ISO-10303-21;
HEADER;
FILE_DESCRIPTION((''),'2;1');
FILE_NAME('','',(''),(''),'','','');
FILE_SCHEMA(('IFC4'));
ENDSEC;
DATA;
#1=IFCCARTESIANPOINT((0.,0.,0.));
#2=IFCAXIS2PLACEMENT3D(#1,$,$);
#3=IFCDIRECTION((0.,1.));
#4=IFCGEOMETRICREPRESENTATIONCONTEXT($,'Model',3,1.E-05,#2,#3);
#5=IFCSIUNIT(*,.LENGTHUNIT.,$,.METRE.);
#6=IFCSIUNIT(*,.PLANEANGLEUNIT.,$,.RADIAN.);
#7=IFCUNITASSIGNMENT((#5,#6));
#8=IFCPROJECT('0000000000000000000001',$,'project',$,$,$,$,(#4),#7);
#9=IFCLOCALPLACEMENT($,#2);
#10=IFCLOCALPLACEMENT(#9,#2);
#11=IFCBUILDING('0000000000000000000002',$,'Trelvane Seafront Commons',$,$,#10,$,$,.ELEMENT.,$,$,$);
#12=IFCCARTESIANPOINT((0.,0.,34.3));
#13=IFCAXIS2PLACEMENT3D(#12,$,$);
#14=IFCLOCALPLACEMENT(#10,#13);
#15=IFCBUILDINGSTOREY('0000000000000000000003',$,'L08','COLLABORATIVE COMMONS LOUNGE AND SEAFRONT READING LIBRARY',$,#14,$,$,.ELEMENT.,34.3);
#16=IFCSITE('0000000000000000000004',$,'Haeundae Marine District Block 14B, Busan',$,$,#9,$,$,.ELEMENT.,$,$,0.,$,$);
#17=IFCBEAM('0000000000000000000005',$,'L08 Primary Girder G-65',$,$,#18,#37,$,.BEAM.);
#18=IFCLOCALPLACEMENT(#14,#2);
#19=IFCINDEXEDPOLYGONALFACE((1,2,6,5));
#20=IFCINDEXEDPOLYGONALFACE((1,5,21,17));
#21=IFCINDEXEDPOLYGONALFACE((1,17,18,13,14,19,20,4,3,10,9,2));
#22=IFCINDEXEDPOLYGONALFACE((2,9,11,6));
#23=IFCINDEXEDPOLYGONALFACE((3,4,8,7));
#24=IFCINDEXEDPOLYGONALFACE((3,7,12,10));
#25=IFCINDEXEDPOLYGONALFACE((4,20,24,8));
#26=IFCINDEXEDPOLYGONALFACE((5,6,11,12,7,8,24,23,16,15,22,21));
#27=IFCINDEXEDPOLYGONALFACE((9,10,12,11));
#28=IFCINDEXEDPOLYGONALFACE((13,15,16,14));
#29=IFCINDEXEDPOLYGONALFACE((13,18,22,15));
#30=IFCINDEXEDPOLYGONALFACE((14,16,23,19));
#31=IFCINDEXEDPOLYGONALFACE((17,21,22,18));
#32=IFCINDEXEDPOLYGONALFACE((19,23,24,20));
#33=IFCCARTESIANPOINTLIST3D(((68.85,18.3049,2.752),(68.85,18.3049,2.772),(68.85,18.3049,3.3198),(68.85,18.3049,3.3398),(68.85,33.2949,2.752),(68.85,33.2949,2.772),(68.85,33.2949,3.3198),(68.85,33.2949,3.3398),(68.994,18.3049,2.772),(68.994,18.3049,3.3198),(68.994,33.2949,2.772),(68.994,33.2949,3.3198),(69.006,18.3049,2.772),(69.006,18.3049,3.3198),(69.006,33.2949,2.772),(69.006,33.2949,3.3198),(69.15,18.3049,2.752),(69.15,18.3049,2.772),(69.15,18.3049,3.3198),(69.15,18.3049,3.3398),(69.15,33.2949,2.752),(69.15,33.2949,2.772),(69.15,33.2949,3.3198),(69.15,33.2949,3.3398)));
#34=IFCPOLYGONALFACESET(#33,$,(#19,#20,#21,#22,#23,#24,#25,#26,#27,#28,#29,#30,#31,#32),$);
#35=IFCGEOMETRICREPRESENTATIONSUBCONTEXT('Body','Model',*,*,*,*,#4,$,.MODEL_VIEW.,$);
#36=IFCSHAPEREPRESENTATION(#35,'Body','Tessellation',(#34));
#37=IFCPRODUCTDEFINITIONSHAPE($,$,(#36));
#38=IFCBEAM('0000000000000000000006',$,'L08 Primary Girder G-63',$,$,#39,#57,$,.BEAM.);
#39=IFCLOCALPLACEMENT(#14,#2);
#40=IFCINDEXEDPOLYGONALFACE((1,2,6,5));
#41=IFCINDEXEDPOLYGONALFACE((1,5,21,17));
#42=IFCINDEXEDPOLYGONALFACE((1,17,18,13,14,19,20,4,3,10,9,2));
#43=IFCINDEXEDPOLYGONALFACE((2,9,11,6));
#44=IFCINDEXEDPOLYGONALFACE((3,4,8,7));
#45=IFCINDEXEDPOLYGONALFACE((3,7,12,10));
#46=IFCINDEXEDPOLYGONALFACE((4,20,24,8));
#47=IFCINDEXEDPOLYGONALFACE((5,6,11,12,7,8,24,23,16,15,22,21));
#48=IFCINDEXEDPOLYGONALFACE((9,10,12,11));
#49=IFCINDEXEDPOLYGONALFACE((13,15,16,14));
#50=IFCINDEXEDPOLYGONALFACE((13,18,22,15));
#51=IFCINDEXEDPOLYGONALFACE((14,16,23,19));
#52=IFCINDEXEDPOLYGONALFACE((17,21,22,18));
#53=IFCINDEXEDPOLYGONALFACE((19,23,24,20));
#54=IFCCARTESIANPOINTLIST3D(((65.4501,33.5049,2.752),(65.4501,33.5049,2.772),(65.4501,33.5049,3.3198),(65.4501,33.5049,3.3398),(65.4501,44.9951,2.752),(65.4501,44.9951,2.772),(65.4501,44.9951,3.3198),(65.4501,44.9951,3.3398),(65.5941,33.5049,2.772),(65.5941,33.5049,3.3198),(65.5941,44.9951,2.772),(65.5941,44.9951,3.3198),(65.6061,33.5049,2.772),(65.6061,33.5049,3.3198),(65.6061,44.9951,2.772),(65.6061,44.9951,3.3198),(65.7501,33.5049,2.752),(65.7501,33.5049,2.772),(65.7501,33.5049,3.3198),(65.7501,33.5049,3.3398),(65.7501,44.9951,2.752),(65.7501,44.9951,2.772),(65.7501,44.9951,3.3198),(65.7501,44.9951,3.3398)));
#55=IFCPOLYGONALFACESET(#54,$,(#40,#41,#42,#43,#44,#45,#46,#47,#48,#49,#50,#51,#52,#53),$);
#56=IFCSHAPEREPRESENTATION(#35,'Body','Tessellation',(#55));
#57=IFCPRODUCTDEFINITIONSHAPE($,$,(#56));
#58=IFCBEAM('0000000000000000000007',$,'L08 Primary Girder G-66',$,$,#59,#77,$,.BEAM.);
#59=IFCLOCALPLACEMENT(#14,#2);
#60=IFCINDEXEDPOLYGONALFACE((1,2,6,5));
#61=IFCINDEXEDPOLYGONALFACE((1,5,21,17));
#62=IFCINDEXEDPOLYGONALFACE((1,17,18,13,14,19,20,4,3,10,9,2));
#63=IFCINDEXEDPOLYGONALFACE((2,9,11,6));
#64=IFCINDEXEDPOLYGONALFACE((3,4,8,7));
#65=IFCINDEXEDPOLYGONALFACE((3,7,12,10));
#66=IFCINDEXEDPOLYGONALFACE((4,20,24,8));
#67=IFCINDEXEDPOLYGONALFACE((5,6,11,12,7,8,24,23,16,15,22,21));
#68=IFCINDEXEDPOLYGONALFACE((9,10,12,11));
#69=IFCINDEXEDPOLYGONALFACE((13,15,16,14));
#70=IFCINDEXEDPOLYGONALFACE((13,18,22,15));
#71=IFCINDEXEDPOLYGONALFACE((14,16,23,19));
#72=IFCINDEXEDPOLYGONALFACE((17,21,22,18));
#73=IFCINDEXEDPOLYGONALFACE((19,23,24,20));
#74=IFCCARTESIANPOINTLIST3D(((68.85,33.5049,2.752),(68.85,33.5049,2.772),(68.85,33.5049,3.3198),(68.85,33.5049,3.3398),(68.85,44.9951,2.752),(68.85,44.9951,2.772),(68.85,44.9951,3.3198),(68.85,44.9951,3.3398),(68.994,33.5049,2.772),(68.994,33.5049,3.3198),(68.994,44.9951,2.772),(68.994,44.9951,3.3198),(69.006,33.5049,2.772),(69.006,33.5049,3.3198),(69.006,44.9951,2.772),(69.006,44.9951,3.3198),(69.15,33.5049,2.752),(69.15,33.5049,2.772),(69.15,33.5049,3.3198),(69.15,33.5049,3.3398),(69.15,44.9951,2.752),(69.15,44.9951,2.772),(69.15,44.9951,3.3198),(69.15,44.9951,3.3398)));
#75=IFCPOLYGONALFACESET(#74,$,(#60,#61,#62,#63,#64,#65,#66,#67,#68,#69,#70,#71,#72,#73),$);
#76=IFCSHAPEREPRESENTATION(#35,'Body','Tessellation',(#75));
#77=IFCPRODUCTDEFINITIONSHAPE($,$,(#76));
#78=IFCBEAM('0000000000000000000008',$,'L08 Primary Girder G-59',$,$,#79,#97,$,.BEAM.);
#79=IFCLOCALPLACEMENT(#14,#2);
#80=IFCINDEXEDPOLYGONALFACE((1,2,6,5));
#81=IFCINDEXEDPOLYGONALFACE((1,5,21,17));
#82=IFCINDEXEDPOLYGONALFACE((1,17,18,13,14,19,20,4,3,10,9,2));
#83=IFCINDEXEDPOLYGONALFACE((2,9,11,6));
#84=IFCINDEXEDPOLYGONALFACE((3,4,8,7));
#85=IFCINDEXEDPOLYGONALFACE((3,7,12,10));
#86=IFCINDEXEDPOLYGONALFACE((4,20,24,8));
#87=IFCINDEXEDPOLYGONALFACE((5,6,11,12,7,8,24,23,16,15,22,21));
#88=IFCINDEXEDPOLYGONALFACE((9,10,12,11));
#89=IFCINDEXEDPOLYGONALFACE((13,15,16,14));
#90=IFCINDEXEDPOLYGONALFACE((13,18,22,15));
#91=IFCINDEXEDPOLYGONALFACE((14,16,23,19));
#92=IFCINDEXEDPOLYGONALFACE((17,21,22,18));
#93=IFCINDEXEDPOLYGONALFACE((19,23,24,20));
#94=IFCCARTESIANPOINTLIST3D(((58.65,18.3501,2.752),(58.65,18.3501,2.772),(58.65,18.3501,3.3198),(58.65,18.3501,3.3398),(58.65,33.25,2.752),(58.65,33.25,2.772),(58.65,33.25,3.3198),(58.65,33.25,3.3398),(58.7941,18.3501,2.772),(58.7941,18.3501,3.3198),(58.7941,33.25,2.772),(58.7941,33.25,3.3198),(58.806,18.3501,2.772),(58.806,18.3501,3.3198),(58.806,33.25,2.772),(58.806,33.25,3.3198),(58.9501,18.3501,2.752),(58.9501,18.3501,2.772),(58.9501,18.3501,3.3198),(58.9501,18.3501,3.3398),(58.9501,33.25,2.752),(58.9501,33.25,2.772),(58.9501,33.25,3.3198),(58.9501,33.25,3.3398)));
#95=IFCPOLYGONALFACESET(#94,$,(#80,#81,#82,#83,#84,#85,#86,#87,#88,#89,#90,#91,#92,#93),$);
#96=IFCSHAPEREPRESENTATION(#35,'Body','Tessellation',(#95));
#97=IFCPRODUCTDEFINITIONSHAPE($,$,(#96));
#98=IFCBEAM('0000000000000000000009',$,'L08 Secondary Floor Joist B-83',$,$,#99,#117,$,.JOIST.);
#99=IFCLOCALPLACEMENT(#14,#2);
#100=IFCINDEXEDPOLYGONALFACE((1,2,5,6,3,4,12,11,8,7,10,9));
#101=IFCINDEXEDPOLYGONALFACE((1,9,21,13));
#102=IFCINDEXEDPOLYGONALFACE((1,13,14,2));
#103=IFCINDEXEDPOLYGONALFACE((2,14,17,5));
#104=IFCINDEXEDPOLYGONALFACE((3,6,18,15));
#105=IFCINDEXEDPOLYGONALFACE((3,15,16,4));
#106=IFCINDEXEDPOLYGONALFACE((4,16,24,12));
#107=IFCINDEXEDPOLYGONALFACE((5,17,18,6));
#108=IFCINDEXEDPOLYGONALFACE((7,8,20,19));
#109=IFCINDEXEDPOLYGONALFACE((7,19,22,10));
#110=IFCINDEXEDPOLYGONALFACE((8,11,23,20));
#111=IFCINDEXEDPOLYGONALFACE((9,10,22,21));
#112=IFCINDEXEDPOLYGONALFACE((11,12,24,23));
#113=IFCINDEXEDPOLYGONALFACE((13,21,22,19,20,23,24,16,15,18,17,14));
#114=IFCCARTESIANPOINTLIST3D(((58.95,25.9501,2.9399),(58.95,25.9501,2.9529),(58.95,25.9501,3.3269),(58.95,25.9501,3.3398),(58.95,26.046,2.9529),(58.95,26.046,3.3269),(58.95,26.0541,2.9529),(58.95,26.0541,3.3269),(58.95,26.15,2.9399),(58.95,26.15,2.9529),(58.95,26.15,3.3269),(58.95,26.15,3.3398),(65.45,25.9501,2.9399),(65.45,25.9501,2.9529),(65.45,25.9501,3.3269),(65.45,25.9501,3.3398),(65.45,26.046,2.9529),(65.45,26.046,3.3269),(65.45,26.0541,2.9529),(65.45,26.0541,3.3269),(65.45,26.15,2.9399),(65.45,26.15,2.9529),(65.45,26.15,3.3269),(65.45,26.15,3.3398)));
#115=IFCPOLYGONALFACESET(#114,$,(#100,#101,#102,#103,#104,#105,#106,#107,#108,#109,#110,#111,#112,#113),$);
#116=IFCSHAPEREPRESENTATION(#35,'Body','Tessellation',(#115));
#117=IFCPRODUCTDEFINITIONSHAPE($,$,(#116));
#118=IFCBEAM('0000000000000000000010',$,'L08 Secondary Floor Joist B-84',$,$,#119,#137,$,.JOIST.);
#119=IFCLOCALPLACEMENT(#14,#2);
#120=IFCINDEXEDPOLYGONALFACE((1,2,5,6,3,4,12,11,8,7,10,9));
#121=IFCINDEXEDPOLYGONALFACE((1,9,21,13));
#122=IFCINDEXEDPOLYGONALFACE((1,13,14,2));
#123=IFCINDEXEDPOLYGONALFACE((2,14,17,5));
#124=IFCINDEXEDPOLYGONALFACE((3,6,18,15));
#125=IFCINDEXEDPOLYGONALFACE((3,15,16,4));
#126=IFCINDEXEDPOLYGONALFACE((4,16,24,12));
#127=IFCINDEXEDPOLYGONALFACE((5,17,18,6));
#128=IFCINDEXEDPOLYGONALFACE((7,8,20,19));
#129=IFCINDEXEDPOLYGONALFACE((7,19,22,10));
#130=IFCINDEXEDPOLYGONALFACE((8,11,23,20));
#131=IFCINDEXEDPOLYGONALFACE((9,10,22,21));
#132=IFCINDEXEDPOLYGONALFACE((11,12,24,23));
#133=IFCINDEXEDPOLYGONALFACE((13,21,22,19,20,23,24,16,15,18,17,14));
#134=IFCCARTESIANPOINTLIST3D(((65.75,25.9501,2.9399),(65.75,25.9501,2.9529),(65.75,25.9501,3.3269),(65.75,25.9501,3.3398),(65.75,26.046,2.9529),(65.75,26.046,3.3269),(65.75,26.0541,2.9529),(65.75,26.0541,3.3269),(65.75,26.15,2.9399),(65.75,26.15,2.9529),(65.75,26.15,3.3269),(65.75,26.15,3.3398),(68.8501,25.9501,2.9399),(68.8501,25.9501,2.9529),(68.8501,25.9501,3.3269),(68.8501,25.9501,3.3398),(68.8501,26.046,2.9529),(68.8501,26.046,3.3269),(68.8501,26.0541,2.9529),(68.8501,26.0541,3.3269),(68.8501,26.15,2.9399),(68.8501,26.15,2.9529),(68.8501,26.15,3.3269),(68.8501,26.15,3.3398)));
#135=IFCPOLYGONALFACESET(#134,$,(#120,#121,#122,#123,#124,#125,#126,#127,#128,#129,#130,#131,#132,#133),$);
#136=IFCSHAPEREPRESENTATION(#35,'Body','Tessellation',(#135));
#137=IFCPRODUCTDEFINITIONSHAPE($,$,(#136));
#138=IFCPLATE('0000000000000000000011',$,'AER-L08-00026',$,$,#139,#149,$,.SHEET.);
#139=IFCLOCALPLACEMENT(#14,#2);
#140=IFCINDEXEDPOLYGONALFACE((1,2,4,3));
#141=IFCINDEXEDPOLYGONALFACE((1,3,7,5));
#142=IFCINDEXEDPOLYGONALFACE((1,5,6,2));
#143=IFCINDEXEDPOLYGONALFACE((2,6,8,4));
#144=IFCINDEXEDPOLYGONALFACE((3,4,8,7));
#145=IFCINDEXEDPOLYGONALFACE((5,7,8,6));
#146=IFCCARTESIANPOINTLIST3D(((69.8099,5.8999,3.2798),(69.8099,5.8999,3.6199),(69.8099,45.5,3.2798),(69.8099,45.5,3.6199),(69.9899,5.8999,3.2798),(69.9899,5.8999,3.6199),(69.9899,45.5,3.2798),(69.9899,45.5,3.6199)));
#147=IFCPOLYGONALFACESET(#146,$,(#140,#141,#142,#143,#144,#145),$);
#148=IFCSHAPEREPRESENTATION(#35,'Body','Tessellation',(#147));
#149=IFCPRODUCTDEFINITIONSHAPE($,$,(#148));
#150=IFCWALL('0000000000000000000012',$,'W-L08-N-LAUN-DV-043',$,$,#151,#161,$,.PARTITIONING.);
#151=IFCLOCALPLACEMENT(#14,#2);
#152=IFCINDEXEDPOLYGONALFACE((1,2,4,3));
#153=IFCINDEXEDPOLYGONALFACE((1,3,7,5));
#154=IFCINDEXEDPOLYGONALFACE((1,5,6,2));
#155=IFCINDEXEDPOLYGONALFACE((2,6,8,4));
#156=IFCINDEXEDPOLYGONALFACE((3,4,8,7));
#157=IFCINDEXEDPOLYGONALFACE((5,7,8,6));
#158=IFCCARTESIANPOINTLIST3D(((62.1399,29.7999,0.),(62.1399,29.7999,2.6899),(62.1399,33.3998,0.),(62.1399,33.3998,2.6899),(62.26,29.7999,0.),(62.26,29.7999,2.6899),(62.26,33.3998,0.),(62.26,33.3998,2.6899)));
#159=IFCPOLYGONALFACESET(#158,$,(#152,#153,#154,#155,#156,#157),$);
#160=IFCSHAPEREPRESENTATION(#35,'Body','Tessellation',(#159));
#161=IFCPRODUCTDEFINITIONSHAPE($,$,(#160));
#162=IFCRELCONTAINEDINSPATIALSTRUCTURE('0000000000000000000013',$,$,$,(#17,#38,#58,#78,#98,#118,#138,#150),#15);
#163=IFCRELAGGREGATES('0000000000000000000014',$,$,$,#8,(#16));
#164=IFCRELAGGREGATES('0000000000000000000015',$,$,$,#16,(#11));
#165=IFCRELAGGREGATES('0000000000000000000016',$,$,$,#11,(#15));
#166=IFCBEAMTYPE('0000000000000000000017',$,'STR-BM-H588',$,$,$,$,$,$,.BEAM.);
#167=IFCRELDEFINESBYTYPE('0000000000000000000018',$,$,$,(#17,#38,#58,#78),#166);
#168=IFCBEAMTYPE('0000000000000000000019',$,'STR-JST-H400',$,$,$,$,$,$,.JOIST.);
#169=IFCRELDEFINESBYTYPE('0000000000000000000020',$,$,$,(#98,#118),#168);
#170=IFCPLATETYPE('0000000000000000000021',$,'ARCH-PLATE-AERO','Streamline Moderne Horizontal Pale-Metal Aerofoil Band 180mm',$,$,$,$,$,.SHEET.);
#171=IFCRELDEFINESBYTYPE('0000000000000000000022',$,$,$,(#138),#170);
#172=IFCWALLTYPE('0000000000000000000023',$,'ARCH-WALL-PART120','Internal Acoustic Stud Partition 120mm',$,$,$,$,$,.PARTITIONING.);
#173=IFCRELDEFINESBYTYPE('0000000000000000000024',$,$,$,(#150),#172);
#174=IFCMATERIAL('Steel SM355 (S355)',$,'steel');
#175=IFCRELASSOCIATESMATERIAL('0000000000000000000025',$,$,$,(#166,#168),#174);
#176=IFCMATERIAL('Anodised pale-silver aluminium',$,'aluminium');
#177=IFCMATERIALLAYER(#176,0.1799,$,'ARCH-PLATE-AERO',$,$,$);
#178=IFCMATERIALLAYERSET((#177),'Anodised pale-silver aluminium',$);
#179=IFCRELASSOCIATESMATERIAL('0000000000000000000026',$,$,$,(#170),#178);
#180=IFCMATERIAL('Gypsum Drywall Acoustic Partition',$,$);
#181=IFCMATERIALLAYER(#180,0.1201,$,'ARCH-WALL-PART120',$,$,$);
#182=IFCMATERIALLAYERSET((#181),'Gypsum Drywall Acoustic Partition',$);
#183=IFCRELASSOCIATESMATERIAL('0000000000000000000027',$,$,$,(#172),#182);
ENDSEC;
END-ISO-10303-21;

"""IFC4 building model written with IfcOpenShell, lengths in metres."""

from ifc_helpers import new_model, si_unit, direction, frame, frame_2d, origin, origin_2d, place, context, subcontext, project, spatial, rectangle, i_section, extrude, source, transform, mapped, material, layer, layer_set, material_profile, profile_set, type_object, element, save


model = new_model("IFC4")

# Units and contexts
model_context = context("Model", 3, precision=1e-05, world=origin(), true_north=direction((0.0, 1.0)))
body_context = subcontext(model_context, "Body", "Model", "MODEL_VIEW")
ifc_project = project(units=[si_unit("LENGTHUNIT", "METRE"), si_unit("PLANEANGLEUNIT", "RADIAN")], contexts=[model_context])

# Site, building, storey
site_placement = place(None, origin())
site = spatial("IfcSite", under=ifc_project, at=site_placement, Name="Haeundae Marine District Block 14B, Busan", CompositionType="ELEMENT", RefElevation=0.0)
building_placement = place(site_placement, origin())
building = spatial("IfcBuilding", under=site, at=building_placement, Name="Trelvane Seafront Commons", CompositionType="ELEMENT")
storey_placement = place(building_placement, frame((0.0, 0.0, 34.3)))
storey = spatial("IfcBuildingStorey", under=building, at=storey_placement, Name="L08", Description="COLLABORATIVE COMMONS LOUNGE AND SEAFRONT READING LIBRARY", CompositionType="ELEMENT", Elevation=34.3)

# Shared definitions
ifc_material_1 = material(Name="Steel SM355 (S355)", Category="steel")

# Beams
ifc_material_profile_1 = material_profile(ifc_material_1, i_section(OverallWidth=0.3, OverallDepth=0.5879, WebThickness=0.012, FlangeThickness=0.02, at=origin_2d()), Name="H-588x300x12x20")
ifc_profile_set_1 = profile_set([ifc_material_profile_1], Name="Steel SM355 (S355)")
beam_type_1 = type_object("IfcBeamType", Name="STR-BM-H588", PredefinedType="BEAM", material=ifc_profile_set_1)
shared_shape_1 = source(origin(), body_context, "Body", "SweptSolid", [
    extrude(i_section(OverallWidth=0.3, OverallDepth=0.5879, WebThickness=0.012, FlangeThickness=0.02, at=origin_2d()), origin(), (0.0, 0.0, 1.0), 14.99),
])
for number, where, z_axis, x_axis, name in (
    (1, (69.0, 18.3049, 3.0459), (0.0, 1.0, 0.0), (-1.0, 0.0, 0.0), "L08 Primary Girder G-65"),
):
    element("IfcBeam", number, at=place(storey_placement, frame(where, z_axis=z_axis, x_axis=x_axis)), inside=storey, type_object=beam_type_1, Name=name, PredefinedType="BEAM", context=body_context, shape_type="MappedRepresentation", body=[
        mapped(shared_shape_1, transform((0.0, 0.0, 0.0), x_axis=(1.0, 0.0, 0.0), y_axis=(0.0, 1.0, 0.0), z_axis=(0.0, 0.0, 1.0), scale=1.0)),
    ])
shared_shape_2 = source(origin(), body_context, "Body", "SweptSolid", [
    extrude(i_section(OverallWidth=0.3, OverallDepth=0.5879, WebThickness=0.012, FlangeThickness=0.02, at=origin_2d()), origin(), (0.0, 0.0, 1.0), 11.4902),
])
for number, where, z_axis, x_axis, name in (
    (2, (65.6001, 33.5049, 3.0459), (0.0, 1.0, 0.0), (-1.0, 0.0, 0.0), "L08 Primary Girder G-63"),
    (3, (69.0, 33.5049, 3.0459), (0.0, 1.0, 0.0), (-1.0, 0.0, 0.0), "L08 Primary Girder G-66"),
):
    element("IfcBeam", number, at=place(storey_placement, frame(where, z_axis=z_axis, x_axis=x_axis)), inside=storey, type_object=beam_type_1, Name=name, PredefinedType="BEAM", context=body_context, shape_type="MappedRepresentation", body=[
        mapped(shared_shape_2, transform((0.0, 0.0, 0.0), x_axis=(1.0, 0.0, 0.0), y_axis=(0.0, 1.0, 0.0), z_axis=(0.0, 0.0, 1.0), scale=1.0)),
    ])
shared_shape_3 = source(origin(), body_context, "Body", "SweptSolid", [
    extrude(i_section(OverallWidth=0.3, OverallDepth=0.5879, WebThickness=0.012, FlangeThickness=0.02, at=origin_2d()), origin(), (0.0, 0.0, 1.0), 14.8999),
])
beam_1_placement = place(storey_placement, frame((58.8, 18.3501, 3.0459), z_axis=(0.0, 1.0, 0.0), x_axis=(-1.0, 0.0, 0.0)))
element("IfcBeam", 4, at=beam_1_placement, inside=storey, type_object=beam_type_1, Name="L08 Primary Girder G-59", PredefinedType="BEAM", context=body_context, shape_type="MappedRepresentation", body=[
    mapped(shared_shape_3, transform((0.0, 0.0, 0.0), x_axis=(1.0, 0.0, 0.0), y_axis=(0.0, 1.0, 0.0), z_axis=(0.0, 0.0, 1.0), scale=1.0)),
])
ifc_material_profile_2 = material_profile(ifc_material_1, i_section(OverallWidth=0.2, OverallDepth=0.3999, WebThickness=0.0081, FlangeThickness=0.0129, at=origin_2d()), Name="H-400x200x8x13")
ifc_profile_set_2 = profile_set([ifc_material_profile_2], Name="Steel SM355 (S355)")
beam_type_2 = type_object("IfcBeamType", Name="STR-JST-H400", PredefinedType="JOIST", material=ifc_profile_set_2)
shared_shape_4 = source(origin(), body_context, "Body", "SweptSolid", [
    extrude(i_section(OverallWidth=0.2, OverallDepth=0.3999, WebThickness=0.0081, FlangeThickness=0.0129, at=origin_2d()), origin(), (0.0, 0.0, 1.0), 6.5),
])
beam_2_placement = place(storey_placement, frame((58.95, 26.05, 3.1399), z_axis=(1.0, 0.0, 0.0), x_axis=(0.0, 1.0, 0.0)))
element("IfcBeam", 5, at=beam_2_placement, inside=storey, type_object=beam_type_2, Name="L08 Secondary Floor Joist B-83", PredefinedType="JOIST", context=body_context, shape_type="MappedRepresentation", body=[
    mapped(shared_shape_4, transform((0.0, 0.0, 0.0), x_axis=(1.0, 0.0, 0.0), y_axis=(0.0, 1.0, 0.0), z_axis=(0.0, 0.0, 1.0), scale=1.0)),
])
shared_shape_5 = source(origin(), body_context, "Body", "SweptSolid", [
    extrude(i_section(OverallWidth=0.2, OverallDepth=0.3999, WebThickness=0.0081, FlangeThickness=0.0129, at=origin_2d()), origin(), (0.0, 0.0, 1.0), 3.1001),
])
beam_3_placement = place(storey_placement, frame((65.75, 26.05, 3.1399), z_axis=(1.0, 0.0, 0.0), x_axis=(0.0, 1.0, 0.0)))
element("IfcBeam", 6, at=beam_3_placement, inside=storey, type_object=beam_type_2, Name="L08 Secondary Floor Joist B-84", PredefinedType="JOIST", context=body_context, shape_type="MappedRepresentation", body=[
    mapped(shared_shape_5, transform((0.0, 0.0, 0.0), x_axis=(1.0, 0.0, 0.0), y_axis=(0.0, 1.0, 0.0), z_axis=(0.0, 0.0, 1.0), scale=1.0)),
])

# Plate
ifc_material_2 = material(Name="Anodised pale-silver aluminium", Category="aluminium")
ifc_layer_1 = layer(ifc_material_2, 0.1799, Name="ARCH-PLATE-AERO")
ifc_layer_set_1 = layer_set([ifc_layer_1], Name="Anodised pale-silver aluminium")
plate_type = type_object("IfcPlateType", Name="ARCH-PLATE-AERO", Description="Streamline Moderne Horizontal Pale-Metal Aerofoil Band 180mm", PredefinedType="SHEET", material=ifc_layer_set_1)
shared_shape_6 = source(origin(), body_context, "Body", "SweptSolid", [
    extrude(rectangle(XDim=39.6001, YDim=0.1799, at=origin_2d()), origin(), (0.0, 0.0, 1.0), 0.3401),
])
plate_placement = place(storey_placement, frame((69.8999, 25.7, 3.2798), z_axis=(0.0, 0.0, 1.0), x_axis=(0.0, -1.0, 0.0)))
element("IfcPlate", 7, at=plate_placement, inside=storey, type_object=plate_type, Name="AER-L08-00026", PredefinedType="SHEET", context=body_context, shape_type="MappedRepresentation", body=[
    mapped(shared_shape_6, transform((0.0, 0.0, 0.0), x_axis=(1.0, 0.0, 0.0), y_axis=(0.0, 1.0, 0.0), z_axis=(0.0, 0.0, 1.0), scale=1.0)),
])

# Wall
ifc_material_3 = material(Name="Gypsum Drywall Acoustic Partition")
ifc_layer_2 = layer(ifc_material_3, 0.1201, Name="ARCH-WALL-PART120")
ifc_layer_set_2 = layer_set([ifc_layer_2], Name="Gypsum Drywall Acoustic Partition")
wall_type_1 = type_object("IfcWallType", Name="ARCH-WALL-PART120", Description="Internal Acoustic Stud Partition 120mm", PredefinedType="PARTITIONING", material=ifc_layer_set_2)
wall_1_placement = place(storey_placement, frame((62.2, 29.8, 0.0), z_axis=(0.0, 0.0, 1.0), x_axis=(0.0, 1.0, 0.0)))
element("IfcWall", 8, at=wall_1_placement, inside=storey, type_object=wall_type_1, Name="W-L08-N-LAUN-DV-043", PredefinedType="PARTITIONING", context=body_context, shape_type="SweptSolid", body=[
    extrude(rectangle(XDim=3.5999, YDim=0.1201, at=frame_2d((1.7998, 0.0))), origin(), (0.0, 0.0, 1.0), 2.6899),
])

save(model, "model.ifc")
